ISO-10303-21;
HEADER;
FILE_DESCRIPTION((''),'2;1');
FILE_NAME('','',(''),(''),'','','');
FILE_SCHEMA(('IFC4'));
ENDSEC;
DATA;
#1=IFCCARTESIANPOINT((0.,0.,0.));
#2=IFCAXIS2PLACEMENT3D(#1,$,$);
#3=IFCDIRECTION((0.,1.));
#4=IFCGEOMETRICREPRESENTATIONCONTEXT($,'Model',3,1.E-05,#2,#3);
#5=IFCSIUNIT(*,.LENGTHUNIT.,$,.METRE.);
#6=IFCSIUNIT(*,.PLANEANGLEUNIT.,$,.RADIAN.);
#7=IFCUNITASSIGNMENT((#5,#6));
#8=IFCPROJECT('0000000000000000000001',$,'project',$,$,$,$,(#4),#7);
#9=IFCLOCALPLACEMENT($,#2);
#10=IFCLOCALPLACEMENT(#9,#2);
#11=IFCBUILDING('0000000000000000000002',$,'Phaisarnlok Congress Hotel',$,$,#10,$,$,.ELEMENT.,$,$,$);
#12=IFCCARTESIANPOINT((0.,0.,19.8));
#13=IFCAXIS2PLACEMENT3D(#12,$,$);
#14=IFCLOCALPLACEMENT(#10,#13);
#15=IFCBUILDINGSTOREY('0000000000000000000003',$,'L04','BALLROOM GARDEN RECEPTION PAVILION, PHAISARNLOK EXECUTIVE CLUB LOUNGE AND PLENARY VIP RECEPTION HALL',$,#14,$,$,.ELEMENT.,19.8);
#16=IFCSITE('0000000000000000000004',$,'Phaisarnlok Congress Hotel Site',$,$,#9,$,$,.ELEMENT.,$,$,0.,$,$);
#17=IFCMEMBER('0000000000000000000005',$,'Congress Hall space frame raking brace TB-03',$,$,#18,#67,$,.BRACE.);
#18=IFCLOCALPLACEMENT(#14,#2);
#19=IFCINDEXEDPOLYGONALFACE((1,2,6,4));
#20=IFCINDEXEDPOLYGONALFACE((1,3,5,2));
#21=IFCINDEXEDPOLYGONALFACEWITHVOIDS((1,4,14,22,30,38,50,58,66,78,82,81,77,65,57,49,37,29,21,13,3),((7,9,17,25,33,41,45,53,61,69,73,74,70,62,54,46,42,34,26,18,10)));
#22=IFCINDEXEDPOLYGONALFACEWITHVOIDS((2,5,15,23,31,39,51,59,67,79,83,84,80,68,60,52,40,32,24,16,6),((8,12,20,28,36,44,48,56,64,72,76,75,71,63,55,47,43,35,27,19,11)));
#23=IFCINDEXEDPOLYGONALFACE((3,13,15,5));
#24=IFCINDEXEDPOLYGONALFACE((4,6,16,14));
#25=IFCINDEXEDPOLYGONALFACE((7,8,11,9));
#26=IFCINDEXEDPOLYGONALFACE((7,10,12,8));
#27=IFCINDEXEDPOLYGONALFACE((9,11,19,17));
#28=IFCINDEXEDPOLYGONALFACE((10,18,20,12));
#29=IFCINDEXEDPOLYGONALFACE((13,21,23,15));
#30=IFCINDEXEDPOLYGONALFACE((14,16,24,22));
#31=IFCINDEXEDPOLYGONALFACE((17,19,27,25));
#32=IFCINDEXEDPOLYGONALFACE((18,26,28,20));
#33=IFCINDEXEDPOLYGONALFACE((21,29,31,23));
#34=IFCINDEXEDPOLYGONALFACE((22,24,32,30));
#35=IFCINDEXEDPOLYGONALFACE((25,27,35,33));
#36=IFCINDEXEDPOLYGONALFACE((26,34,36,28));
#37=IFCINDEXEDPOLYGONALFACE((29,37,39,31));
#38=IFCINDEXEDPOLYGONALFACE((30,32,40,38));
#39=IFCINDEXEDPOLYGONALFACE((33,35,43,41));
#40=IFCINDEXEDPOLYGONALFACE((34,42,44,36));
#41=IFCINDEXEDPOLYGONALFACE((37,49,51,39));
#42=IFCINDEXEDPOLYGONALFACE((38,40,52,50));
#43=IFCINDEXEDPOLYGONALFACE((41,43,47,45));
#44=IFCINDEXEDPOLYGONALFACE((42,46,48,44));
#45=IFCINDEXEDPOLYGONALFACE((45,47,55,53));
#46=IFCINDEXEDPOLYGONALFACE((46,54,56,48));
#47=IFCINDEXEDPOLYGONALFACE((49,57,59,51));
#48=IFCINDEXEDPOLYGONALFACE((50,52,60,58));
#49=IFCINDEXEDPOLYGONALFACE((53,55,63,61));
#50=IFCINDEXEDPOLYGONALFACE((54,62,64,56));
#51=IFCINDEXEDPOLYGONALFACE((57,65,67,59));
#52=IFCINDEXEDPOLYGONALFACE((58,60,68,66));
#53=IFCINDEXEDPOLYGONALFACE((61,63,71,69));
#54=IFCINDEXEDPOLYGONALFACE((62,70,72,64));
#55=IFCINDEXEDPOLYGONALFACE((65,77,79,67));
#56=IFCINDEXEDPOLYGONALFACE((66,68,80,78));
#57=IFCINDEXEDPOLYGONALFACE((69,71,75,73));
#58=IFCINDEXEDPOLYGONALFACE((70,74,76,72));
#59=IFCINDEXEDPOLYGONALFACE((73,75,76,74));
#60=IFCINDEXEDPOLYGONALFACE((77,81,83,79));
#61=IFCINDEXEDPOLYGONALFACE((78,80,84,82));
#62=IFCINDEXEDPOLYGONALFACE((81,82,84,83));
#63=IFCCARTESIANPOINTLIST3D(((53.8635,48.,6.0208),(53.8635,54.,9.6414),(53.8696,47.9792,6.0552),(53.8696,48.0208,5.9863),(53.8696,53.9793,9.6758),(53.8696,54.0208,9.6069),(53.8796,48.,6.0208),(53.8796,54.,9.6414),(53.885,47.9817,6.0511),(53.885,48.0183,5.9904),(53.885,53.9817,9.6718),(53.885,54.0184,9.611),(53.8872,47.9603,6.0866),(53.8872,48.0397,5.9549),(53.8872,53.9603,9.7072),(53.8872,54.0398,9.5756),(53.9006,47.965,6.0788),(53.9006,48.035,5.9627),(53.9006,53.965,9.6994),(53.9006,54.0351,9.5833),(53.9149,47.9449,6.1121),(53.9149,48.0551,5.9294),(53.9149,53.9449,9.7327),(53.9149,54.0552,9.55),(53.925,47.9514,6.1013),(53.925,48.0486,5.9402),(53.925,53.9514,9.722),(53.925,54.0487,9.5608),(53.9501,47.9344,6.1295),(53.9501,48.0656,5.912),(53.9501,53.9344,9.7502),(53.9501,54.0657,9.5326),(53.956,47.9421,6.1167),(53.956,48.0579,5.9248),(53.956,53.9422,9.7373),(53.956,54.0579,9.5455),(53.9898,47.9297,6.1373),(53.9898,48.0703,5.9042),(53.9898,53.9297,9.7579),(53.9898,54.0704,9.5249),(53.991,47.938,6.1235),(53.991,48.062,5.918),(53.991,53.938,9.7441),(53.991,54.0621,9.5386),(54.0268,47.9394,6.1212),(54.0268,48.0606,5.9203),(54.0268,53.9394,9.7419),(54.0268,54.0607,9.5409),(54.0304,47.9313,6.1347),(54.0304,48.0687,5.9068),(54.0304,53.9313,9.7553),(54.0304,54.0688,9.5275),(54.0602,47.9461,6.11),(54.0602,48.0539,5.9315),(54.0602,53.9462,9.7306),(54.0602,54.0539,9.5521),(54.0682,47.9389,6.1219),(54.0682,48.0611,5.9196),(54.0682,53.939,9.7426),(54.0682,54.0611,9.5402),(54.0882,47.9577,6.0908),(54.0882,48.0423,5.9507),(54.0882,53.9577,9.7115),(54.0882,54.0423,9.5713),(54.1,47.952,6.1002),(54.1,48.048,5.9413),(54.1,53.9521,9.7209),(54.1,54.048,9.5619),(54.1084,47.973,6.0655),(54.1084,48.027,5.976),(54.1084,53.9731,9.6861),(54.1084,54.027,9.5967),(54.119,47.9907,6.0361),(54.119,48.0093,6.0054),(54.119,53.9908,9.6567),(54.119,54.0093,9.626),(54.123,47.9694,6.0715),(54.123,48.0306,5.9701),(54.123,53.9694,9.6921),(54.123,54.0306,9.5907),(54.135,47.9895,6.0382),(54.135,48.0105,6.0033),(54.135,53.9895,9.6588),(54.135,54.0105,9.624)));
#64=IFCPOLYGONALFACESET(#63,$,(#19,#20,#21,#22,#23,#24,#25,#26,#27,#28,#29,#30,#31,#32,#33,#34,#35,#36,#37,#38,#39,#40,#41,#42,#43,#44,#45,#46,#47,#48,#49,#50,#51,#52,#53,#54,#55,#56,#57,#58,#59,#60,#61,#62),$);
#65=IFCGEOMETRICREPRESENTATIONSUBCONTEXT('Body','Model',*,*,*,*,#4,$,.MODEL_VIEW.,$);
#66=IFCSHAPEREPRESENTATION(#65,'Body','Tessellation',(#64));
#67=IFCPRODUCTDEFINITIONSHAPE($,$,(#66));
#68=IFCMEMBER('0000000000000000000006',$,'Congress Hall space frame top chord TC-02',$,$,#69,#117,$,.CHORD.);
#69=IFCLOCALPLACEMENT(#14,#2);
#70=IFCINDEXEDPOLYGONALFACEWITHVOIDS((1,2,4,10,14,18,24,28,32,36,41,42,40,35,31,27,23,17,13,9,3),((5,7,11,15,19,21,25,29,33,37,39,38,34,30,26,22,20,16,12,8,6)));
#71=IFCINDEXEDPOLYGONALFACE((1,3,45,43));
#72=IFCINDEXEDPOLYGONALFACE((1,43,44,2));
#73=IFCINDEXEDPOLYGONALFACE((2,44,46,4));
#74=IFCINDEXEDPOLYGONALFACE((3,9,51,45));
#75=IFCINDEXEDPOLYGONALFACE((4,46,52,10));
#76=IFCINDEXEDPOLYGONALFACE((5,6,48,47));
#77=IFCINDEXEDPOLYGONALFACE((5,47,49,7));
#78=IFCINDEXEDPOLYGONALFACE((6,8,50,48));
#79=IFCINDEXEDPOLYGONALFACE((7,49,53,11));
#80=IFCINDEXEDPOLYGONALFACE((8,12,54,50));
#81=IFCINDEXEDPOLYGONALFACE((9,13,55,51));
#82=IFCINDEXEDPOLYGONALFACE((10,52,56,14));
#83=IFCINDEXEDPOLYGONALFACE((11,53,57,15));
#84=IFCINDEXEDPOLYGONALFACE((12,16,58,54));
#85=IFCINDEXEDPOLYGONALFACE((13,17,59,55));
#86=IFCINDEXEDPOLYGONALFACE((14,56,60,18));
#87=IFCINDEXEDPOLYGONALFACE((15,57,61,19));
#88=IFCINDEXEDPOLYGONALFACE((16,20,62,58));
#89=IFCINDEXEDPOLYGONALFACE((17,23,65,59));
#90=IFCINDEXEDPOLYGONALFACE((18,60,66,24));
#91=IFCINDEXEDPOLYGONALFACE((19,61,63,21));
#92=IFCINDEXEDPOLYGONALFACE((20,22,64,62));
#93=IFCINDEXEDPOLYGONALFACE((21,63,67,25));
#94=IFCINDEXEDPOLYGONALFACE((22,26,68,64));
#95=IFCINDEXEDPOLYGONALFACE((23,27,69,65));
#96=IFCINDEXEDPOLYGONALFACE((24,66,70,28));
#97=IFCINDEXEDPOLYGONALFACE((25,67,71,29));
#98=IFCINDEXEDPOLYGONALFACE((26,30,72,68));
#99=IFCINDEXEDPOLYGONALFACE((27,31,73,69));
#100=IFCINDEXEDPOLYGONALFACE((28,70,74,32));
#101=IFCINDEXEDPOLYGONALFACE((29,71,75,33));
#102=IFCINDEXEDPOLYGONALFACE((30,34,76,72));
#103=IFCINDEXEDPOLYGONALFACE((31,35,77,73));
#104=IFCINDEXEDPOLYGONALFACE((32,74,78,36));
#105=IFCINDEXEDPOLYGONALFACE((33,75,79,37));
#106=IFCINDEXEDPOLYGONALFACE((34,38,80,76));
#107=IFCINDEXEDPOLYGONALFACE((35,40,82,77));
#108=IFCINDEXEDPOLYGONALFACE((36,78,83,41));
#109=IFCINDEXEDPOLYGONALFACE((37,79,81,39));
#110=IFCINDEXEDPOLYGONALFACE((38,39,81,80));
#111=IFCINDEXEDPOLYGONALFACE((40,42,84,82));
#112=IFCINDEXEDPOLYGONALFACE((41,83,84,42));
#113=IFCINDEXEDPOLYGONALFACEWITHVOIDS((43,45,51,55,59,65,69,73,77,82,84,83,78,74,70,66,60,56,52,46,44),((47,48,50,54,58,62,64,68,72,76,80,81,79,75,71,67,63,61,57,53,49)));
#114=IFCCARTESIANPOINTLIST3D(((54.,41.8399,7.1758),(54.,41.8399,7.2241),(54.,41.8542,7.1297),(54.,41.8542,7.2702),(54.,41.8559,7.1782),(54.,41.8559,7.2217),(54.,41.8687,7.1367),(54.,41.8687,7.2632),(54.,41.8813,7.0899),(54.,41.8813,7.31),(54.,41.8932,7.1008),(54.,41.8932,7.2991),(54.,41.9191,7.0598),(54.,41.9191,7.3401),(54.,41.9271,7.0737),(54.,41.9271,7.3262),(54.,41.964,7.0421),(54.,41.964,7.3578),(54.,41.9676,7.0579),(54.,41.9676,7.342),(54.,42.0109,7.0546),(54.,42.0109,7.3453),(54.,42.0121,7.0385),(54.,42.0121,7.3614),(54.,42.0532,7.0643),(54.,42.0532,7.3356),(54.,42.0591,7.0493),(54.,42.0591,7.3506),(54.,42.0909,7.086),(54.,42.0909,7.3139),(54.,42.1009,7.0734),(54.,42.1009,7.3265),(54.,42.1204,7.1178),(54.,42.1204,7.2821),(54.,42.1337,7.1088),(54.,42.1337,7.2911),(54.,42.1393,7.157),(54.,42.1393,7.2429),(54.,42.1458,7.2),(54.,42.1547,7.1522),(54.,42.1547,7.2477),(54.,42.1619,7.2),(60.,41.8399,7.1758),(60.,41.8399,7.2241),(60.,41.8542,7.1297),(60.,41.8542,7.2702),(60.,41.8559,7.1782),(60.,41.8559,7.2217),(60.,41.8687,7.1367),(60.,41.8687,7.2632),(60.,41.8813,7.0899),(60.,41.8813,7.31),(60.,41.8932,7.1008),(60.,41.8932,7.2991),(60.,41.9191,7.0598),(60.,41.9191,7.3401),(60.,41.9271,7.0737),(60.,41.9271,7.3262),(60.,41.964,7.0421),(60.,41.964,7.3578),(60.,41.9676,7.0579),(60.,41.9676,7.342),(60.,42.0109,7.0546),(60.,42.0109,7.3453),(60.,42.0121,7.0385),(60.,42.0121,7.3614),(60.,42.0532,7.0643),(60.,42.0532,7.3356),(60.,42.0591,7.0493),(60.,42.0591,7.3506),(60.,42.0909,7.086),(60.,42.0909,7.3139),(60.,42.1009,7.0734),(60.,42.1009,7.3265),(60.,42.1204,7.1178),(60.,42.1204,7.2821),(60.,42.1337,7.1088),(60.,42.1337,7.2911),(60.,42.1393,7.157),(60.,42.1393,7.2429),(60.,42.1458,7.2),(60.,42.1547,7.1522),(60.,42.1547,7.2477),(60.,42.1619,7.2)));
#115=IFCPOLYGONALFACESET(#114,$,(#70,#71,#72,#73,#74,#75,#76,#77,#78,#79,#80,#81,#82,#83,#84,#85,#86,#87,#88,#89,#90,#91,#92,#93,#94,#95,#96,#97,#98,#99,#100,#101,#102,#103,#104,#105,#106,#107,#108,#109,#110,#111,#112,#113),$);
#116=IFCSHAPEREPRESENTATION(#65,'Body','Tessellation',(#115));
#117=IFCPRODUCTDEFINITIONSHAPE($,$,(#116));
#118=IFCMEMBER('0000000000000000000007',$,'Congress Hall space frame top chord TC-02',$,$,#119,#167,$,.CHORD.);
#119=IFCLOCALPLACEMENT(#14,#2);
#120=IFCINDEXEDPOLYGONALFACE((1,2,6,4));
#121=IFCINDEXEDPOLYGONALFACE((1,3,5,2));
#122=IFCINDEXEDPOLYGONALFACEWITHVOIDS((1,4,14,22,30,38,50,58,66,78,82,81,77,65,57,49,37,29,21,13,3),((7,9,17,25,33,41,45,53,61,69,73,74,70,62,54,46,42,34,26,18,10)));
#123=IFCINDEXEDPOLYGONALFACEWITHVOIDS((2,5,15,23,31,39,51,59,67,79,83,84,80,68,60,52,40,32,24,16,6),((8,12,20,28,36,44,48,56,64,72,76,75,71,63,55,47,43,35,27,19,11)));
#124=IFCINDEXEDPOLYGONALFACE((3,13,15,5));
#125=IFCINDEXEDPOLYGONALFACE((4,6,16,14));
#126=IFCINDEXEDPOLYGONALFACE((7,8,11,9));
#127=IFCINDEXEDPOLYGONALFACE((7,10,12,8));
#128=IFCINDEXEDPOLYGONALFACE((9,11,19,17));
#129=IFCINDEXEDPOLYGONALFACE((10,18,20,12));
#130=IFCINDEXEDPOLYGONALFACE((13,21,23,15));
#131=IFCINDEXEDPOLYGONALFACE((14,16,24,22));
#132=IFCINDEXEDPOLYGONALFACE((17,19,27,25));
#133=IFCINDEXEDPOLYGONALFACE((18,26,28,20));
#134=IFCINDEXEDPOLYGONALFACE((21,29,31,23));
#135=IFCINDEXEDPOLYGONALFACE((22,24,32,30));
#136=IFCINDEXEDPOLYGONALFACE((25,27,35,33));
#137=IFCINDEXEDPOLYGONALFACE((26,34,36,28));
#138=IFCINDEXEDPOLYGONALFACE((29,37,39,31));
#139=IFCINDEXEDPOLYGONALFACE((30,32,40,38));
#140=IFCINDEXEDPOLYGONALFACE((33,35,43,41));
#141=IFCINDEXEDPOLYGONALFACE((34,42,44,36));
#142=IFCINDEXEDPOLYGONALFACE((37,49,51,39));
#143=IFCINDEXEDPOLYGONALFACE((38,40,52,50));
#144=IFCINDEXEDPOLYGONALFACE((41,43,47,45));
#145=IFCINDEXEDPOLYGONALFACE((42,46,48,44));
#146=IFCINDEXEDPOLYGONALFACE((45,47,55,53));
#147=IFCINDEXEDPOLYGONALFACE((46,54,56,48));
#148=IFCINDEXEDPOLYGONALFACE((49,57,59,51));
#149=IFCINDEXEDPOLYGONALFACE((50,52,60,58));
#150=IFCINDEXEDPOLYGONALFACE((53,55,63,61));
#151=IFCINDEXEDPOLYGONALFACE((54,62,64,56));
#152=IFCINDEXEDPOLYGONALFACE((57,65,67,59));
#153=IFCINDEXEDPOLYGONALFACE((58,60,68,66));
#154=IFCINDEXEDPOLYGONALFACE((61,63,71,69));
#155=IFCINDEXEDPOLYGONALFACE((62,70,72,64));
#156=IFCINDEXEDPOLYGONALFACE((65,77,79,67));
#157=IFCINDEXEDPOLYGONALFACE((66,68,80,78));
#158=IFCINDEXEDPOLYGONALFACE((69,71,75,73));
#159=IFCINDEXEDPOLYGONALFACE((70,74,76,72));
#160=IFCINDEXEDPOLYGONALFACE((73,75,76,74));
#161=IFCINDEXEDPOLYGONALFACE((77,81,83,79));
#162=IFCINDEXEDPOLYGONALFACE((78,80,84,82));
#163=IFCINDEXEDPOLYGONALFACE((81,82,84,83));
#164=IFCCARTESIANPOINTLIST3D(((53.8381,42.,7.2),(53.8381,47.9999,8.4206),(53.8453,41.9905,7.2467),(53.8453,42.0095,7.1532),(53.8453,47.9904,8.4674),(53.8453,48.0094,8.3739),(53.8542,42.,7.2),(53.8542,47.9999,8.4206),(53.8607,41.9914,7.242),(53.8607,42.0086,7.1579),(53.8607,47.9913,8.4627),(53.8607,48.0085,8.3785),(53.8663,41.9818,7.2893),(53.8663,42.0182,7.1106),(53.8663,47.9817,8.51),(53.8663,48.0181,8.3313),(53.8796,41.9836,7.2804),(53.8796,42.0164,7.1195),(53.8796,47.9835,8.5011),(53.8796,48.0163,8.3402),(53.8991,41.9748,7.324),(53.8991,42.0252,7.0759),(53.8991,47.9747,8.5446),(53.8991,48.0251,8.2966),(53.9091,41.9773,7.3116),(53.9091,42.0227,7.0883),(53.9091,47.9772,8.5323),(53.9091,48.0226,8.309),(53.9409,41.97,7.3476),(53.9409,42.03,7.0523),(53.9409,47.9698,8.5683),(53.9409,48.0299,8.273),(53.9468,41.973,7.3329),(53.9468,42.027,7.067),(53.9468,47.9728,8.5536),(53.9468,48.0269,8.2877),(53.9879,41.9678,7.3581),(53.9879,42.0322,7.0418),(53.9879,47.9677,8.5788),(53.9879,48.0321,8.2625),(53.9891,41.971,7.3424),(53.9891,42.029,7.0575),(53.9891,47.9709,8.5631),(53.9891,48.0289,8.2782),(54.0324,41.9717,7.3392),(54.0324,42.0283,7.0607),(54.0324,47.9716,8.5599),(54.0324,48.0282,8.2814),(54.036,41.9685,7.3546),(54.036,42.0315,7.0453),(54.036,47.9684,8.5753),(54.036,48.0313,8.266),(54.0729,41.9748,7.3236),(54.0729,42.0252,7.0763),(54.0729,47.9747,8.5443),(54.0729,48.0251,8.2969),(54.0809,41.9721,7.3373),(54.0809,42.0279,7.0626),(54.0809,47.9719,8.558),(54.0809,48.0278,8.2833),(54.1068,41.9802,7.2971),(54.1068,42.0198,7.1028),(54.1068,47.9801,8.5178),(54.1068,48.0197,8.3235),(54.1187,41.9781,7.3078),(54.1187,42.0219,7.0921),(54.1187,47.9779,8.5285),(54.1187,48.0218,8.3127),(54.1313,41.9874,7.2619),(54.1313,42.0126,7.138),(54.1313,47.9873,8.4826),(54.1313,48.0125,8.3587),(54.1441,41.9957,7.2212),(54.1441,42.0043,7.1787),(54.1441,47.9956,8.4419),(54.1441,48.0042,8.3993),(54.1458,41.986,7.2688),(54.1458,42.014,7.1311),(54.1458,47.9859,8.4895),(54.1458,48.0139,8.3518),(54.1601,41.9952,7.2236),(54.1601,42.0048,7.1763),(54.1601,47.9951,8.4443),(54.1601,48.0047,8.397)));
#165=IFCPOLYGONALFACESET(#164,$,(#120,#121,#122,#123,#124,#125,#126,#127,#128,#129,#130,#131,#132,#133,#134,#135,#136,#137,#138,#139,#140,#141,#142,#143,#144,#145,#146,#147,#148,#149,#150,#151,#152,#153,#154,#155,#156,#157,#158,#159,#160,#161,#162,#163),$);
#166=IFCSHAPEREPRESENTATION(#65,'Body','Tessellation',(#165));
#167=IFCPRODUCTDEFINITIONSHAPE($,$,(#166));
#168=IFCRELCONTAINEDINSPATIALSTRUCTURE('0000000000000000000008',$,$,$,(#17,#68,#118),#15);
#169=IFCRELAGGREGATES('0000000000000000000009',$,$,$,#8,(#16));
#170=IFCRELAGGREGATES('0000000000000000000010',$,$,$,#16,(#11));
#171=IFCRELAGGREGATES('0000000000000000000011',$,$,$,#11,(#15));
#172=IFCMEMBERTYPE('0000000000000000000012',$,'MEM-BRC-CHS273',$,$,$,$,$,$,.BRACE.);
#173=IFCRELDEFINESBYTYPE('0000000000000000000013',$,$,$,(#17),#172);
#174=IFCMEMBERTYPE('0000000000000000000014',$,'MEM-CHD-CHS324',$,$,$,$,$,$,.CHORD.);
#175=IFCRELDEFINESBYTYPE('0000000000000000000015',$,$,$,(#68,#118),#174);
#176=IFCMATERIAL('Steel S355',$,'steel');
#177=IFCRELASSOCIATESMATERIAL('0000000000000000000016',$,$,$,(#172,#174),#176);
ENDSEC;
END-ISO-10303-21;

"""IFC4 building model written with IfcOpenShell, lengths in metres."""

from ifc_helpers import new_model, si_unit, direction, frame, origin, origin_2d, place, context, subcontext, project, spatial, hollow_circle, extrude, material, material_profile, profile_set, type_object, element, save


model = new_model("IFC4")

# Units and contexts
model_context = context("Model", 3, precision=1e-05, world=origin(), true_north=direction((0.0, 1.0)))
body_context = subcontext(model_context, "Body", "Model", "MODEL_VIEW")
ifc_project = project(units=[si_unit("LENGTHUNIT", "METRE"), si_unit("PLANEANGLEUNIT", "RADIAN")], contexts=[model_context])

# Site, building, storey
site_placement = place(None, origin())
site = spatial("IfcSite", under=ifc_project, at=site_placement, Name="Phaisarnlok Congress Hotel Site", CompositionType="ELEMENT", RefElevation=0.0)
building_placement = place(site_placement, origin())
building = spatial("IfcBuilding", under=site, at=building_placement, Name="Phaisarnlok Congress Hotel", CompositionType="ELEMENT")
storey_placement = place(building_placement, frame((0.0, 0.0, 19.8)))
storey = spatial("IfcBuildingStorey", under=building, at=storey_placement, Name="L04", Description="BALLROOM GARDEN RECEPTION PAVILION, PHAISARNLOK EXECUTIVE CLUB LOUNGE AND PLENARY VIP RECEPTION HALL", CompositionType="ELEMENT", Elevation=19.8)

# Members
ifc_material_1 = material(Name="Steel S355", Category="steel")
ifc_material_profile_1 = material_profile(ifc_material_1, hollow_circle(Radius=0.1365, WallThickness=0.0161, at=origin_2d()), Name="CHS 273x16")
ifc_profile_set_1 = profile_set([ifc_material_profile_1], Name="Steel S355")
member_type_1 = type_object("IfcMemberType", Name="MEM-BRC-CHS273", PredefinedType="BRACE", material=ifc_profile_set_1)
for number, where, z_axis, x_axis, name in (
    (1, (54.0, 48.0, 6.0208), (0.0, 0.856193, 0.516656), (-1.0, 0.0, 0.0), "Congress Hall space frame raking brace TB-03"),
):
    element("IfcMember", number, at=place(storey_placement, frame(where, z_axis=z_axis, x_axis=x_axis)), inside=storey, type_object=member_type_1, Name=name, PredefinedType="BRACE", context=body_context, shape_type="SweptSolid", body=[
        extrude(hollow_circle(Radius=0.1365, WallThickness=0.0161, at=origin_2d()), origin(), (0.0, 0.0, 1.0), 7.0078),
    ])
ifc_material_profile_2 = material_profile(ifc_material_1, hollow_circle(Radius=0.1619, WallThickness=0.0161, at=origin_2d()), Name="CHS 323.9x16")
ifc_profile_set_2 = profile_set([ifc_material_profile_2], Name="Steel S355")
member_type_2 = type_object("IfcMemberType", Name="MEM-CHD-CHS324", PredefinedType="CHORD", material=ifc_profile_set_2)
member_1_placement = place(storey_placement, frame((54.0, 42.0, 7.2), z_axis=(1.0, 0.0, 0.0), x_axis=(0.0, 1.0, 0.0)))
element("IfcMember", 2, at=member_1_placement, inside=storey, type_object=member_type_2, Name="Congress Hall space frame top chord TC-02", PredefinedType="CHORD", context=body_context, shape_type="SweptSolid", body=[
    extrude(hollow_circle(Radius=0.1619, WallThickness=0.0161, at=origin_2d()), origin(), (0.0, 0.0, 1.0), 6.0),
])
member_2_placement = place(storey_placement, frame((54.0, 42.0, 7.2), z_axis=(0.0, 0.979925, 0.199366), x_axis=(-1.0, 0.0, 0.0)))
element("IfcMember", 3, at=member_2_placement, inside=storey, type_object=member_type_2, Name="Congress Hall space frame top chord TC-02", PredefinedType="CHORD", context=body_context, shape_type="SweptSolid", body=[
    extrude(hollow_circle(Radius=0.1619, WallThickness=0.0161, at=origin_2d()), origin(), (0.0, 0.0, 1.0), 6.1228),
])

save(model, "model.ifc")
